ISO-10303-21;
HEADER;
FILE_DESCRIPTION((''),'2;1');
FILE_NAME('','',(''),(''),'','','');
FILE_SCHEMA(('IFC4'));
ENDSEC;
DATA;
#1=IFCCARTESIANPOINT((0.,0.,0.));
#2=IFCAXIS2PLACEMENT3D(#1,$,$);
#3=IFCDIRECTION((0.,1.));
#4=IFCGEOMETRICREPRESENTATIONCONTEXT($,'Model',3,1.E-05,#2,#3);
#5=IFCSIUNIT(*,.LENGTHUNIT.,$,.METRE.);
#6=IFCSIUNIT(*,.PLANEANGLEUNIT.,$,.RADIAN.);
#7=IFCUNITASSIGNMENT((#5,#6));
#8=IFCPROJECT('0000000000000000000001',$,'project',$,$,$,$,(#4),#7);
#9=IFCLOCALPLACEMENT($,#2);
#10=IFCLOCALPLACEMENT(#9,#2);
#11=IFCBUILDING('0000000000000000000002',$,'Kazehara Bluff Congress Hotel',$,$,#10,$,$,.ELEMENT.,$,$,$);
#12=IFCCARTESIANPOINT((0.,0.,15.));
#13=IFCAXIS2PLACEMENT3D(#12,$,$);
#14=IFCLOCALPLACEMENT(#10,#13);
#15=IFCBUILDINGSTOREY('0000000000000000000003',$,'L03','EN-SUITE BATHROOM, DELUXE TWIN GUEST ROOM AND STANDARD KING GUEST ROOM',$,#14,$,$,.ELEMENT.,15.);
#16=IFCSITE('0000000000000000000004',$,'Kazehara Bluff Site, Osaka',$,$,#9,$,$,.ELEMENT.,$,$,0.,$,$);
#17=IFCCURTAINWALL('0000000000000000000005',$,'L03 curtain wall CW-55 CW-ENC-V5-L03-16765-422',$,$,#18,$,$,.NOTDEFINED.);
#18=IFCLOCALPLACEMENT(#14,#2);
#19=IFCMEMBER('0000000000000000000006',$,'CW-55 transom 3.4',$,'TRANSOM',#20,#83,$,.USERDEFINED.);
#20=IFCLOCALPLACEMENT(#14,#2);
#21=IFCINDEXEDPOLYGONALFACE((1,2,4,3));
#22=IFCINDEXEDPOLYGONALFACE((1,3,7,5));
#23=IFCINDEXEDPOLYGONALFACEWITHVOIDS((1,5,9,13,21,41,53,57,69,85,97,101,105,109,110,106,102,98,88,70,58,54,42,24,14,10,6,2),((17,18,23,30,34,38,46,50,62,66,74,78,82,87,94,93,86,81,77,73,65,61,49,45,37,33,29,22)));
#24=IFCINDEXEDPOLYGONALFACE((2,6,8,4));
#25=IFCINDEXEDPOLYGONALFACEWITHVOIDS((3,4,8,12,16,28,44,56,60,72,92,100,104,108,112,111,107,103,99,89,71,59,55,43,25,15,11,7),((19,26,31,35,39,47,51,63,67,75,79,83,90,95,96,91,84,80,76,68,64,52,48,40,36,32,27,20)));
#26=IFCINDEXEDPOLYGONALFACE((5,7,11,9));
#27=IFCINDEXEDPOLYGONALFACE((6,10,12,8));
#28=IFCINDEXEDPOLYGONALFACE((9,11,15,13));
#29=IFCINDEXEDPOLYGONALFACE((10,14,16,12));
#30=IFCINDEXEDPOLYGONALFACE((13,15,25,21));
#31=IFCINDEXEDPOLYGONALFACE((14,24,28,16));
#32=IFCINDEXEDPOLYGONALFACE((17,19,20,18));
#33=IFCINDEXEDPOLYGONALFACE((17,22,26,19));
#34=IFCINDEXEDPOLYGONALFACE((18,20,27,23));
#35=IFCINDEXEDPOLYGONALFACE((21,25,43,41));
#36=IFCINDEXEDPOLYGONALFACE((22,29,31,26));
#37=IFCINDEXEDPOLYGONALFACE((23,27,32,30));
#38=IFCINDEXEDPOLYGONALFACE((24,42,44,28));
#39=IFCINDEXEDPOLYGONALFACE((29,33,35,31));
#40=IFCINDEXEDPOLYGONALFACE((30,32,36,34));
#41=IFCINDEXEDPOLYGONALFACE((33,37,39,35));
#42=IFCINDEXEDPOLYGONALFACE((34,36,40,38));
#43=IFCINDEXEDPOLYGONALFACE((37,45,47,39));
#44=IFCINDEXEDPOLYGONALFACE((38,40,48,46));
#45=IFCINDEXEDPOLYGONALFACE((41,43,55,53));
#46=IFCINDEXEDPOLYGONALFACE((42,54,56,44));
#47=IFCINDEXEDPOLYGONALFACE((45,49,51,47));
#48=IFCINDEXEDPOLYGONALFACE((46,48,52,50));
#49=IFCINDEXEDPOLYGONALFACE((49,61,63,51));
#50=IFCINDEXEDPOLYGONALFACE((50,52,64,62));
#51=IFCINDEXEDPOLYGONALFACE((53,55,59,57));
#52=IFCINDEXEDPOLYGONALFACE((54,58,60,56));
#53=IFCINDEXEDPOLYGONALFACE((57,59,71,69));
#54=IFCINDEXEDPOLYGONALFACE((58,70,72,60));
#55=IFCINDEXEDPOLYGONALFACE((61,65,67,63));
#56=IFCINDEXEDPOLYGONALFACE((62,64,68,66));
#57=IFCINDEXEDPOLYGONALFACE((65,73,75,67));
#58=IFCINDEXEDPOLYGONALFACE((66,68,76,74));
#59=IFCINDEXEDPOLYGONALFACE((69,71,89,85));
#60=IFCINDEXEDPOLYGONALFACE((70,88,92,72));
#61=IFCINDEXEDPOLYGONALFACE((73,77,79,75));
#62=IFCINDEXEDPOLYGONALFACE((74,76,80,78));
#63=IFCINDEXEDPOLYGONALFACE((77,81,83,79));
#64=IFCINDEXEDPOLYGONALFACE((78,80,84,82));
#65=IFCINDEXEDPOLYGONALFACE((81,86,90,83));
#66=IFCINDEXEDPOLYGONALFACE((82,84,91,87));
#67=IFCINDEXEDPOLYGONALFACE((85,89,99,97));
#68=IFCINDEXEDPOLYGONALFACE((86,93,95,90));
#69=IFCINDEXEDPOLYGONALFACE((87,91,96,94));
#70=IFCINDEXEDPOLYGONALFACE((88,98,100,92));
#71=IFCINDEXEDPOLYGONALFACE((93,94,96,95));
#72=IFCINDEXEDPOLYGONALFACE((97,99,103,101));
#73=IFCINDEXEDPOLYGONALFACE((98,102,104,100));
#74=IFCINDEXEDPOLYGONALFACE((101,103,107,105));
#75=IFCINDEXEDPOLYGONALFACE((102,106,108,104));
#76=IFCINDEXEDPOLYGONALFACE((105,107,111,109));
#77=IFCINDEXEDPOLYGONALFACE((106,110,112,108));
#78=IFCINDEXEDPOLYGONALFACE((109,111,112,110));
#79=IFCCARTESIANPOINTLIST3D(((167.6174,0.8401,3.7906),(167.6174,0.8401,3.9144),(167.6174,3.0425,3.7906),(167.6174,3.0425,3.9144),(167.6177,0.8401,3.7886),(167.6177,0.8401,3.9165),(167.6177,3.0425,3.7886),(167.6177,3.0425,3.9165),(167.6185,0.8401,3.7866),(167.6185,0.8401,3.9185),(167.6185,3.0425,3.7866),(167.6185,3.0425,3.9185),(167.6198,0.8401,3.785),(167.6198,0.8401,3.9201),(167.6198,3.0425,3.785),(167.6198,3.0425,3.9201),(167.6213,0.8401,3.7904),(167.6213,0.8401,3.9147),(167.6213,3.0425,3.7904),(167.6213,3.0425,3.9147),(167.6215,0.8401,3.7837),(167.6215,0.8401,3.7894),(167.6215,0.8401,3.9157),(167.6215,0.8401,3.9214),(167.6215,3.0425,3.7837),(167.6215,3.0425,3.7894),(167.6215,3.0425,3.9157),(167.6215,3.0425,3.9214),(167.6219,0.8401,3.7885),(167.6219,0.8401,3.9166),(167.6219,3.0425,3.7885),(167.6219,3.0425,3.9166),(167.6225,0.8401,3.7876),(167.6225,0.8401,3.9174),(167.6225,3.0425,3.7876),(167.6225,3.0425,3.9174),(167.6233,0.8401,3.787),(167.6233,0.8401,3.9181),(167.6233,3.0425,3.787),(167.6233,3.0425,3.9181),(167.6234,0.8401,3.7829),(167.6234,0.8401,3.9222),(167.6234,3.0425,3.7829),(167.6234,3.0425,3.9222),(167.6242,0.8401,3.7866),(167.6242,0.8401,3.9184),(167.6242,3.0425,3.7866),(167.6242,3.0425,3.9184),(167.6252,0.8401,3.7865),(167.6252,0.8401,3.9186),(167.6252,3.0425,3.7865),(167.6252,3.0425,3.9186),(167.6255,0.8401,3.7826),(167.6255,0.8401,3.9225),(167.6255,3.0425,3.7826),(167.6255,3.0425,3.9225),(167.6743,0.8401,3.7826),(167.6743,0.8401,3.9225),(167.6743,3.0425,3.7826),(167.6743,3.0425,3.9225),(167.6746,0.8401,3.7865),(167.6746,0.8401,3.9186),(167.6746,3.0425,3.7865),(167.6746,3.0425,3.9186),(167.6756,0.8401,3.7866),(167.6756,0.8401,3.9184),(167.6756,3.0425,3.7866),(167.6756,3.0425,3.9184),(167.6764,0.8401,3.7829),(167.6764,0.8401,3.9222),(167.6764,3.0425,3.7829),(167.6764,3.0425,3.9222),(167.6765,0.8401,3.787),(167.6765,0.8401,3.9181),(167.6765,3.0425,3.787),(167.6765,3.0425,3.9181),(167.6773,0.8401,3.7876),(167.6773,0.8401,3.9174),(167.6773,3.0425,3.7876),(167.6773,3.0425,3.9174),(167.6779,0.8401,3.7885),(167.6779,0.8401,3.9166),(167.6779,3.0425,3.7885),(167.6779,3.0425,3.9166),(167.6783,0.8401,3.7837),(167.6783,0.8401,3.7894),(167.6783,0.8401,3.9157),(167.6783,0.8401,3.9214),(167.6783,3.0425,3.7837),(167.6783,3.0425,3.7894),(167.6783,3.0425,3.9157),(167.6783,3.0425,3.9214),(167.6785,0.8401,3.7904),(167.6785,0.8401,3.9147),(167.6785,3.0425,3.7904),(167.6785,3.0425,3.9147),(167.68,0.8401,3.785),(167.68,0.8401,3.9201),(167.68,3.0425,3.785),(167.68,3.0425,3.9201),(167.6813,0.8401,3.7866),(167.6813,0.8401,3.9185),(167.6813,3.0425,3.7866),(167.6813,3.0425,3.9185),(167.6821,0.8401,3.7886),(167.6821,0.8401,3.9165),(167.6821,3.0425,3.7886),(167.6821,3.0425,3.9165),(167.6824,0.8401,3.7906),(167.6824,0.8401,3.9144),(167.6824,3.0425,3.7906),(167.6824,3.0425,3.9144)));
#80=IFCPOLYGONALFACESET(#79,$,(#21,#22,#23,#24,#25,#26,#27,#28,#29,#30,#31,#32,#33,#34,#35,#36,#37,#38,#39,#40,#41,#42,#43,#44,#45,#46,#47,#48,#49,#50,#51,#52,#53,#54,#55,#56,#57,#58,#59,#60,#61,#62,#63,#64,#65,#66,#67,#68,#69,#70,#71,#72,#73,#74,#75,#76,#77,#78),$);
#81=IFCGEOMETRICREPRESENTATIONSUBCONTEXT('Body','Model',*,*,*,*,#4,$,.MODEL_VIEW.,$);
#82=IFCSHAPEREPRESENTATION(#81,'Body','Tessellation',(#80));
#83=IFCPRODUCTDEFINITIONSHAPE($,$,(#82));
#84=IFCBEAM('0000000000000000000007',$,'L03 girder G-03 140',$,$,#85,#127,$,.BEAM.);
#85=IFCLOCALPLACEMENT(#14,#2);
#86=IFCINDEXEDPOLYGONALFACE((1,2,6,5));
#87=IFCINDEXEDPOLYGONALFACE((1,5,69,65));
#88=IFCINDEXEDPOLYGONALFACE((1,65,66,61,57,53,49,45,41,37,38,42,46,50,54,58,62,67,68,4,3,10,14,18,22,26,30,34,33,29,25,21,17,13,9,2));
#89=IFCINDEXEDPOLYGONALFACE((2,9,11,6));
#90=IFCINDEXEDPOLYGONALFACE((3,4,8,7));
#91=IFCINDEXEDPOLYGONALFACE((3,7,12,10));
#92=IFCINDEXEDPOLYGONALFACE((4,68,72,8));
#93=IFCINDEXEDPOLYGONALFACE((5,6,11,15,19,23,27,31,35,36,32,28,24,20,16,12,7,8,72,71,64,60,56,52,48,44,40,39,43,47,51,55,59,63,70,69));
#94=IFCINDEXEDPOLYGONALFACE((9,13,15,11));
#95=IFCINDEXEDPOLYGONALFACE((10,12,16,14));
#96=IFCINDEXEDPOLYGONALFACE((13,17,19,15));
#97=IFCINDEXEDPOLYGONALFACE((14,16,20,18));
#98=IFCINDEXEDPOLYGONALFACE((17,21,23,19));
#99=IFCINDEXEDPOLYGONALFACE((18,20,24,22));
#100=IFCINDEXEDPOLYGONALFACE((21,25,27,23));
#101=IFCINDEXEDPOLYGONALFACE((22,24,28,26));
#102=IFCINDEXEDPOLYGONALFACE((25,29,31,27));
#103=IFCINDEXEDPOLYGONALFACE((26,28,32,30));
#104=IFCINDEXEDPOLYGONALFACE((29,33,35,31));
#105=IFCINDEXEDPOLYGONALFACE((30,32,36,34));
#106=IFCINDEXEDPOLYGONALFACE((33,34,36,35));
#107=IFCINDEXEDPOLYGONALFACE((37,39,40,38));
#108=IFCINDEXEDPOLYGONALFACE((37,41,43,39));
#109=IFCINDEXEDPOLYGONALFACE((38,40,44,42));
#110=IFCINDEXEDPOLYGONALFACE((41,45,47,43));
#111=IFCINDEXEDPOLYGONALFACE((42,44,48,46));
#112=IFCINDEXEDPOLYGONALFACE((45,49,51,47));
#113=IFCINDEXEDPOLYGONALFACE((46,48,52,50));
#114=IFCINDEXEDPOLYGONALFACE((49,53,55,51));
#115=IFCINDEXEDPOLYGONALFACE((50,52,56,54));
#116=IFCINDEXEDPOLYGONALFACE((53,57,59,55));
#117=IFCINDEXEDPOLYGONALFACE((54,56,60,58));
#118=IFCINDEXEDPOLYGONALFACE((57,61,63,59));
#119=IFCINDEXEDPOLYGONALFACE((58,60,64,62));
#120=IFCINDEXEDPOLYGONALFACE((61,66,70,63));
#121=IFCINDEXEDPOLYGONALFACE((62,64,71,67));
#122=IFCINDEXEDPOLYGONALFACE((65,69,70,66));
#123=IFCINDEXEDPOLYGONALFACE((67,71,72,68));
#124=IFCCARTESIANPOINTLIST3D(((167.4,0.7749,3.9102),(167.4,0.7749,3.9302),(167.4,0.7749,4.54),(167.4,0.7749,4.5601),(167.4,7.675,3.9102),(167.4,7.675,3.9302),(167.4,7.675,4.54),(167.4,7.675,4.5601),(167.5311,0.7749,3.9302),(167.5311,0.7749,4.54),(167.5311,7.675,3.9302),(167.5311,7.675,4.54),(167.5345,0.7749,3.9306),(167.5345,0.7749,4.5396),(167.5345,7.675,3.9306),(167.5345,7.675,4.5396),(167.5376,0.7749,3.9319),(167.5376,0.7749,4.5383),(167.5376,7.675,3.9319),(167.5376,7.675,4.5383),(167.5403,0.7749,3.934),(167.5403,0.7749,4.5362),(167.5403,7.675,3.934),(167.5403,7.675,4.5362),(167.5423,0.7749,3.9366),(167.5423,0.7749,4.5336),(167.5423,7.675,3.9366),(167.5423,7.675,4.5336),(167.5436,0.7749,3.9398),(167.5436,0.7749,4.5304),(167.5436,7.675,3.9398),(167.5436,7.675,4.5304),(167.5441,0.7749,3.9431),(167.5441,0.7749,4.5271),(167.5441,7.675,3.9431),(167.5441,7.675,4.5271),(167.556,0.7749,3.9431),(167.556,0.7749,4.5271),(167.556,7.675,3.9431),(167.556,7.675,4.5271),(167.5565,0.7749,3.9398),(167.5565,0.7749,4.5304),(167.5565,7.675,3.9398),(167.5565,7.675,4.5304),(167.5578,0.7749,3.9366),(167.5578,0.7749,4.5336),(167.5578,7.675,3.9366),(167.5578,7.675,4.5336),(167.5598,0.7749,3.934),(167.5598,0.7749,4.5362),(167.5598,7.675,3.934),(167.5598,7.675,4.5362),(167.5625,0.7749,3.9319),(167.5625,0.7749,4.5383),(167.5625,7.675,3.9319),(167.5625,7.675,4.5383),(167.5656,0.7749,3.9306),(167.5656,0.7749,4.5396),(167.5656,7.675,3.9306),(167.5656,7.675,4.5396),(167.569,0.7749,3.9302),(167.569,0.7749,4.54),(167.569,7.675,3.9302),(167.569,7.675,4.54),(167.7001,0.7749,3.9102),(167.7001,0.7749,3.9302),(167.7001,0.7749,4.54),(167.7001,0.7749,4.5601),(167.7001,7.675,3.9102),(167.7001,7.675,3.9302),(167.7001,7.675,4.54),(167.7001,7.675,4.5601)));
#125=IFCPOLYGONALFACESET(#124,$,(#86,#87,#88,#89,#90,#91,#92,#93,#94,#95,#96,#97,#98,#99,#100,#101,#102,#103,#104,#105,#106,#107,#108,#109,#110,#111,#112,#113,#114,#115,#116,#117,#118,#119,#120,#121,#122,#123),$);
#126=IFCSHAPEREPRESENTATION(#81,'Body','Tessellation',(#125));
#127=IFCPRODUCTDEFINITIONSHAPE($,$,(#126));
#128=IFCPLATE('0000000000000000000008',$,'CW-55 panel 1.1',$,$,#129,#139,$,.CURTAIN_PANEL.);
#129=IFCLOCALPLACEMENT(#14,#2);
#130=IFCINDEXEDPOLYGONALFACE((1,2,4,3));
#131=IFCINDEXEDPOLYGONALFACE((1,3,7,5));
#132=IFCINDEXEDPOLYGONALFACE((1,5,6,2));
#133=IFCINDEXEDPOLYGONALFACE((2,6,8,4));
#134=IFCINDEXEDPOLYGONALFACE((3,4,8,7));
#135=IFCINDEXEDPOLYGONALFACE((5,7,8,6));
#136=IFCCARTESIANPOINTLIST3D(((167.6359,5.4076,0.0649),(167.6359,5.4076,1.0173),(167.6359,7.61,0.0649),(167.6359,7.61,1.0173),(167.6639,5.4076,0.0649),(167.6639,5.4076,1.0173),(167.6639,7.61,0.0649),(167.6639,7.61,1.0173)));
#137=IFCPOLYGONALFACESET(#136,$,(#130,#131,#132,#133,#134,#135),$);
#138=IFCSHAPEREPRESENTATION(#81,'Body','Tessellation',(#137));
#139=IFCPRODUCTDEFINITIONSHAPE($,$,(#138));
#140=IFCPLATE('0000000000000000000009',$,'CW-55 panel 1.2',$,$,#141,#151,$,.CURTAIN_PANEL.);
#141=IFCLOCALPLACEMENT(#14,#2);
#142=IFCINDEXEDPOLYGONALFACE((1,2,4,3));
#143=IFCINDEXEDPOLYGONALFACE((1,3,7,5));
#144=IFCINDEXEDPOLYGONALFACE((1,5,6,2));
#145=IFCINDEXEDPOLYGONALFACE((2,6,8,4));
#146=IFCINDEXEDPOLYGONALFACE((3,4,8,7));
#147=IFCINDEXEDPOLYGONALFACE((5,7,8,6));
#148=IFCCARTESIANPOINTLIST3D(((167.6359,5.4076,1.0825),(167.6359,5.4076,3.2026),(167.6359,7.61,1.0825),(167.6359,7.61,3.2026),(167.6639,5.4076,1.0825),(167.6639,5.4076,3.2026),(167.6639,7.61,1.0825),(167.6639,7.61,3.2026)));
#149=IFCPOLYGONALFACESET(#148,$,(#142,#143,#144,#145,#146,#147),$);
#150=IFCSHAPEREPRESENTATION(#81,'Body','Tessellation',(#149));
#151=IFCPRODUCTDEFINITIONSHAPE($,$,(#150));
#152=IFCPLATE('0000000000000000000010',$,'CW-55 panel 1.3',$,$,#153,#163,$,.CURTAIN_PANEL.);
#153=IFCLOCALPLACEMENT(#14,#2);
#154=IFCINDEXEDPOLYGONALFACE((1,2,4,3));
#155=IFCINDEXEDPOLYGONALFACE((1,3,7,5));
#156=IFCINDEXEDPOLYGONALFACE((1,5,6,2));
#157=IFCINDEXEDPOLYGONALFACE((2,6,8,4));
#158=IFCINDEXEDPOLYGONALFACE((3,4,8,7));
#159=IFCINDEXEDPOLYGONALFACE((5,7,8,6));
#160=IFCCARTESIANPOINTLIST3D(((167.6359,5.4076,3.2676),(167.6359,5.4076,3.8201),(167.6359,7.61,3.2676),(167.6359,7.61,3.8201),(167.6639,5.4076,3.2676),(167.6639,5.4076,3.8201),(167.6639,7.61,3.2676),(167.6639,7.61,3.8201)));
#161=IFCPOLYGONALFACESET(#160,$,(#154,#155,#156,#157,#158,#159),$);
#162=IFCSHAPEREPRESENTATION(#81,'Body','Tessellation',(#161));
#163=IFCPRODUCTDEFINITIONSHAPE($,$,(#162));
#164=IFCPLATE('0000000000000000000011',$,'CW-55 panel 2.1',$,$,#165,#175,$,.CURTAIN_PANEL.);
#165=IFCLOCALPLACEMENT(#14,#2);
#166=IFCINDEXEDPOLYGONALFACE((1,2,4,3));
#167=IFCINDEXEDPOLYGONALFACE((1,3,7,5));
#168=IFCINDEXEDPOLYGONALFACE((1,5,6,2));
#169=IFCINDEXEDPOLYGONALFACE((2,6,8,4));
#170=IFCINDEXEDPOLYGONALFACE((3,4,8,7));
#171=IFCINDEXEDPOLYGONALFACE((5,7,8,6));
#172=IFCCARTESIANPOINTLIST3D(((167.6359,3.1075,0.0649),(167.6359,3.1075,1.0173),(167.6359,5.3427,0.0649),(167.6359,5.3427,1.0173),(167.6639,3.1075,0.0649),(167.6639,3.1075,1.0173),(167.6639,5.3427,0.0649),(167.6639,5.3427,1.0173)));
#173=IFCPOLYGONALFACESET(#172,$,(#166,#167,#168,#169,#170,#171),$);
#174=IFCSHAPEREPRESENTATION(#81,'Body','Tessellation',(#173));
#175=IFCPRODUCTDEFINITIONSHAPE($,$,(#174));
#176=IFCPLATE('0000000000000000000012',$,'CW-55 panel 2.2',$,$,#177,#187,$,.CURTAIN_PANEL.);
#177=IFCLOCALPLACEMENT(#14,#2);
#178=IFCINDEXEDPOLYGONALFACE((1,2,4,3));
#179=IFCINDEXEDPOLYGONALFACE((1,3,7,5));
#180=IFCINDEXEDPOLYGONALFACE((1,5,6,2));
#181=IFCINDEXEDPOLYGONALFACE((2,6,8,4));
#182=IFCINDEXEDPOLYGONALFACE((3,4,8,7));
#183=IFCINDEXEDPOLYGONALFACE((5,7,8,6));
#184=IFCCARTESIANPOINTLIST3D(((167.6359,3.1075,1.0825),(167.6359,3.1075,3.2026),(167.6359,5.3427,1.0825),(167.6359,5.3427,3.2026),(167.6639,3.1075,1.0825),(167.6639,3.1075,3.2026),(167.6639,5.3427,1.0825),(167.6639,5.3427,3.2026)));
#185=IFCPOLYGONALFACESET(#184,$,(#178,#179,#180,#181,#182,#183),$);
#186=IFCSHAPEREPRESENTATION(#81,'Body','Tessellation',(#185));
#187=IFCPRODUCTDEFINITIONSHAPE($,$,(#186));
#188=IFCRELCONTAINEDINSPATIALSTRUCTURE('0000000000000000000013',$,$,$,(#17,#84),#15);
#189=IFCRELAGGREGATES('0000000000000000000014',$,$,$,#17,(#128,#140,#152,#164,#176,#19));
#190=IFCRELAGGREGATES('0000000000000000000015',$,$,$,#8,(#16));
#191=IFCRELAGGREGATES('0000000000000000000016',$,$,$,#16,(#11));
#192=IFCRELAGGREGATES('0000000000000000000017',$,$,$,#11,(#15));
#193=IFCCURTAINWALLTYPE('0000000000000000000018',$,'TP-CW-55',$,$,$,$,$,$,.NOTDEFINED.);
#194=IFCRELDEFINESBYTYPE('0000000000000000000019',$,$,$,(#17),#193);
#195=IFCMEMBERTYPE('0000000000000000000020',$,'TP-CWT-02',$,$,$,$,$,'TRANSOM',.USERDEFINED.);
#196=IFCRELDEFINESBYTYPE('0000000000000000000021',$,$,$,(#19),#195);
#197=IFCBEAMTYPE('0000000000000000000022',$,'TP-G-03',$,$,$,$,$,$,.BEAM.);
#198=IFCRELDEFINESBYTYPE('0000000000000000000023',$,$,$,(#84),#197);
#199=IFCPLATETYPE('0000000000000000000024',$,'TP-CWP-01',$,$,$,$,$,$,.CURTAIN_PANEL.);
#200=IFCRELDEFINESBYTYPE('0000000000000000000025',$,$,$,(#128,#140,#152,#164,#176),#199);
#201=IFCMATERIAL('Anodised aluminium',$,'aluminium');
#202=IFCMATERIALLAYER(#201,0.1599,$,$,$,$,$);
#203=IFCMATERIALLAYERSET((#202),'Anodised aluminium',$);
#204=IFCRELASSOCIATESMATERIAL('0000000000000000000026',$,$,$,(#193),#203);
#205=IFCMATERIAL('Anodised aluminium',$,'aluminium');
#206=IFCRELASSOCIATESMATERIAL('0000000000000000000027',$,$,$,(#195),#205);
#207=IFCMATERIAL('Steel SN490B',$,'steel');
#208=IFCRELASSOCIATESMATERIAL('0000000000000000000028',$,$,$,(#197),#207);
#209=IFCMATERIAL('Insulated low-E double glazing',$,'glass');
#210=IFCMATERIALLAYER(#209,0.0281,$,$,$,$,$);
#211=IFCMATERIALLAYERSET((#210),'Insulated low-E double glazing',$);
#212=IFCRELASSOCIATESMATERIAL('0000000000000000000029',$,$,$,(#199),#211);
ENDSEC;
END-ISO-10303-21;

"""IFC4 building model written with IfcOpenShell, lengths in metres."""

from ifc_helpers import new_model, si_unit, direction, frame, origin, origin_2d, place, context, subcontext, project, spatial, rectangle, hollow_rectangle, i_section, extrude, material, layer, layer_set, material_profile, profile_set, type_object, element, aggregate, save


model = new_model("IFC4")

# Units and contexts
model_context = context("Model", 3, precision=1e-05, world=origin(), true_north=direction((0.0, 1.0)))
body_context = subcontext(model_context, "Body", "Model", "MODEL_VIEW")
ifc_project = project(units=[si_unit("LENGTHUNIT", "METRE"), si_unit("PLANEANGLEUNIT", "RADIAN")], contexts=[model_context])

# Site, building, storey
site_placement = place(None, origin())
site = spatial("IfcSite", under=ifc_project, at=site_placement, Name="Kazehara Bluff Site, Osaka", CompositionType="ELEMENT", RefElevation=0.0)
building_placement = place(site_placement, origin())
building = spatial("IfcBuilding", under=site, at=building_placement, Name="Kazehara Bluff Congress Hotel", CompositionType="ELEMENT")
storey_placement = place(building_placement, frame((0.0, 0.0, 15.0)))
storey = spatial("IfcBuildingStorey", under=building, at=storey_placement, Name="L03", Description="EN-SUITE BATHROOM, DELUXE TWIN GUEST ROOM AND STANDARD KING GUEST ROOM", CompositionType="ELEMENT", Elevation=15.0)

# Curtain wall
ifc_material_1 = material(Name="Anodised aluminium", Category="aluminium")
ifc_layer_1 = layer(ifc_material_1, 0.1599)
ifc_layer_set_1 = layer_set([ifc_layer_1], Name="Anodised aluminium")
curtain_wall_type_1 = type_object("IfcCurtainWallType", Name="TP-CW-55", PredefinedType="NOTDEFINED", material=ifc_layer_set_1)
curtain_wall_1_placement = place(storey_placement, origin())
curtain_wall_1 = element("IfcCurtainWall", 1, at=curtain_wall_1_placement, inside=storey, type_object=curtain_wall_type_1, Name="L03 curtain wall CW-55 CW-ENC-V5-L03-16765-422", PredefinedType="NOTDEFINED")

# Member
ifc_material_2 = material(Name="Anodised aluminium", Category="aluminium")
ifc_material_profile_1 = material_profile(ifc_material_2, hollow_rectangle(XDim=0.0649, YDim=0.1399, WallThickness=0.0039, InnerFilletRadius=0.0039, OuterFilletRadius=0.0081, at=origin_2d()))
ifc_profile_set_1 = profile_set([ifc_material_profile_1], Name="Anodised aluminium")
member_type_1 = type_object("IfcMemberType", Name="TP-CWT-02", ElementType="TRANSOM", PredefinedType="USERDEFINED", material=ifc_profile_set_1)
member_1_placement = place(storey_placement, frame((167.6499, 3.0425, 3.8525), z_axis=(0.0, -1.0, 0.0), x_axis=(1.0, 0.0, 0.0)))
member_1 = element("IfcMember", 2, at=member_1_placement, type_object=member_type_1, Name="CW-55 transom 3.4", ObjectType="TRANSOM", PredefinedType="USERDEFINED", context=body_context, shape_type="SweptSolid", body=[
    extrude(hollow_rectangle(XDim=0.0649, YDim=0.1399, WallThickness=0.0039, InnerFilletRadius=0.0039, OuterFilletRadius=0.0081, at=origin_2d()), origin(), (0.0, 0.0, 1.0), 2.2024),
])

# Beam
ifc_material_3 = material(Name="Steel SN490B", Category="steel")
ifc_material_profile_2 = material_profile(ifc_material_3, i_section(OverallWidth=0.3, OverallDepth=0.6499, WebThickness=0.012, FlangeThickness=0.02, FilletRadius=0.0129, at=origin_2d()))
ifc_profile_set_2 = profile_set([ifc_material_profile_2], Name="Steel SN490B")
beam_type = type_object("IfcBeamType", Name="TP-G-03", PredefinedType="BEAM", material=ifc_profile_set_2)
beam_placement = place(storey_placement, frame((167.55, 0.7749, 4.2351), z_axis=(0.0, 1.0, 0.0), x_axis=(-1.0, 0.0, 0.0)))
element("IfcBeam", 3, at=beam_placement, inside=storey, type_object=beam_type, Name="L03 girder G-03 140", PredefinedType="BEAM", context=body_context, shape_type="SweptSolid", body=[
    extrude(i_section(OverallWidth=0.3, OverallDepth=0.6499, WebThickness=0.012, FlangeThickness=0.02, FilletRadius=0.0129, at=origin_2d()), origin(), (0.0, 0.0, 1.0), 6.9001),
])

# Plates
ifc_material_4 = material(Name="Insulated low-E double glazing", Category="glass")
ifc_layer_2 = layer(ifc_material_4, 0.0281)
ifc_layer_set_2 = layer_set([ifc_layer_2], Name="Insulated low-E double glazing")
plate_type = type_object("IfcPlateType", Name="TP-CWP-01", PredefinedType="CURTAIN_PANEL", material=ifc_layer_set_2)
plate_1_placement = place(storey_placement, frame((167.6499, 6.5088, 0.0649), z_axis=(0.0, 0.0, 1.0), x_axis=(0.0, -1.0, 0.0)))
plate_1 = element("IfcPlate", 4, at=plate_1_placement, type_object=plate_type, Name="CW-55 panel 1.1", PredefinedType="CURTAIN_PANEL", context=body_context, shape_type="SweptSolid", body=[
    extrude(rectangle(XDim=2.2024, YDim=0.0281, at=origin_2d()), origin(), (0.0, 0.0, 1.0), 0.9524),
])
plate_2_placement = place(storey_placement, frame((167.6499, 6.5088, 1.0825), z_axis=(0.0, 0.0, 1.0), x_axis=(0.0, -1.0, 0.0)))
plate_2 = element("IfcPlate", 5, at=plate_2_placement, type_object=plate_type, Name="CW-55 panel 1.2", PredefinedType="CURTAIN_PANEL", context=body_context, shape_type="SweptSolid", body=[
    extrude(rectangle(XDim=2.2024, YDim=0.0281, at=origin_2d()), origin(), (0.0, 0.0, 1.0), 2.1201),
])
plate_3_placement = place(storey_placement, frame((167.6499, 6.5088, 3.2676), z_axis=(0.0, 0.0, 1.0), x_axis=(0.0, -1.0, 0.0)))
plate_3 = element("IfcPlate", 6, at=plate_3_placement, type_object=plate_type, Name="CW-55 panel 1.3", PredefinedType="CURTAIN_PANEL", context=body_context, shape_type="SweptSolid", body=[
    extrude(rectangle(XDim=2.2024, YDim=0.0281, at=origin_2d()), origin(), (0.0, 0.0, 1.0), 0.5525),
])
plate_4_placement = place(storey_placement, frame((167.6499, 4.2251, 0.0649), z_axis=(0.0, 0.0, 1.0), x_axis=(0.0, -1.0, 0.0)))
plate_4 = element("IfcPlate", 7, at=plate_4_placement, type_object=plate_type, Name="CW-55 panel 2.1", PredefinedType="CURTAIN_PANEL", context=body_context, shape_type="SweptSolid", body=[
    extrude(rectangle(XDim=2.2351, YDim=0.0281, at=origin_2d()), origin(), (0.0, 0.0, 1.0), 0.9524),
])
plate_5_placement = place(storey_placement, frame((167.6499, 4.2251, 1.0825), z_axis=(0.0, 0.0, 1.0), x_axis=(0.0, -1.0, 0.0)))
plate_5 = element("IfcPlate", 8, at=plate_5_placement, type_object=plate_type, Name="CW-55 panel 2.2", PredefinedType="CURTAIN_PANEL", context=body_context, shape_type="SweptSolid", body=[
    extrude(rectangle(XDim=2.2351, YDim=0.0281, at=origin_2d()), origin(), (0.0, 0.0, 1.0), 2.1201),
])
aggregate(curtain_wall_1, [plate_1, plate_2, plate_3, plate_4, plate_5, member_1])

save(model, "model.ifc")
